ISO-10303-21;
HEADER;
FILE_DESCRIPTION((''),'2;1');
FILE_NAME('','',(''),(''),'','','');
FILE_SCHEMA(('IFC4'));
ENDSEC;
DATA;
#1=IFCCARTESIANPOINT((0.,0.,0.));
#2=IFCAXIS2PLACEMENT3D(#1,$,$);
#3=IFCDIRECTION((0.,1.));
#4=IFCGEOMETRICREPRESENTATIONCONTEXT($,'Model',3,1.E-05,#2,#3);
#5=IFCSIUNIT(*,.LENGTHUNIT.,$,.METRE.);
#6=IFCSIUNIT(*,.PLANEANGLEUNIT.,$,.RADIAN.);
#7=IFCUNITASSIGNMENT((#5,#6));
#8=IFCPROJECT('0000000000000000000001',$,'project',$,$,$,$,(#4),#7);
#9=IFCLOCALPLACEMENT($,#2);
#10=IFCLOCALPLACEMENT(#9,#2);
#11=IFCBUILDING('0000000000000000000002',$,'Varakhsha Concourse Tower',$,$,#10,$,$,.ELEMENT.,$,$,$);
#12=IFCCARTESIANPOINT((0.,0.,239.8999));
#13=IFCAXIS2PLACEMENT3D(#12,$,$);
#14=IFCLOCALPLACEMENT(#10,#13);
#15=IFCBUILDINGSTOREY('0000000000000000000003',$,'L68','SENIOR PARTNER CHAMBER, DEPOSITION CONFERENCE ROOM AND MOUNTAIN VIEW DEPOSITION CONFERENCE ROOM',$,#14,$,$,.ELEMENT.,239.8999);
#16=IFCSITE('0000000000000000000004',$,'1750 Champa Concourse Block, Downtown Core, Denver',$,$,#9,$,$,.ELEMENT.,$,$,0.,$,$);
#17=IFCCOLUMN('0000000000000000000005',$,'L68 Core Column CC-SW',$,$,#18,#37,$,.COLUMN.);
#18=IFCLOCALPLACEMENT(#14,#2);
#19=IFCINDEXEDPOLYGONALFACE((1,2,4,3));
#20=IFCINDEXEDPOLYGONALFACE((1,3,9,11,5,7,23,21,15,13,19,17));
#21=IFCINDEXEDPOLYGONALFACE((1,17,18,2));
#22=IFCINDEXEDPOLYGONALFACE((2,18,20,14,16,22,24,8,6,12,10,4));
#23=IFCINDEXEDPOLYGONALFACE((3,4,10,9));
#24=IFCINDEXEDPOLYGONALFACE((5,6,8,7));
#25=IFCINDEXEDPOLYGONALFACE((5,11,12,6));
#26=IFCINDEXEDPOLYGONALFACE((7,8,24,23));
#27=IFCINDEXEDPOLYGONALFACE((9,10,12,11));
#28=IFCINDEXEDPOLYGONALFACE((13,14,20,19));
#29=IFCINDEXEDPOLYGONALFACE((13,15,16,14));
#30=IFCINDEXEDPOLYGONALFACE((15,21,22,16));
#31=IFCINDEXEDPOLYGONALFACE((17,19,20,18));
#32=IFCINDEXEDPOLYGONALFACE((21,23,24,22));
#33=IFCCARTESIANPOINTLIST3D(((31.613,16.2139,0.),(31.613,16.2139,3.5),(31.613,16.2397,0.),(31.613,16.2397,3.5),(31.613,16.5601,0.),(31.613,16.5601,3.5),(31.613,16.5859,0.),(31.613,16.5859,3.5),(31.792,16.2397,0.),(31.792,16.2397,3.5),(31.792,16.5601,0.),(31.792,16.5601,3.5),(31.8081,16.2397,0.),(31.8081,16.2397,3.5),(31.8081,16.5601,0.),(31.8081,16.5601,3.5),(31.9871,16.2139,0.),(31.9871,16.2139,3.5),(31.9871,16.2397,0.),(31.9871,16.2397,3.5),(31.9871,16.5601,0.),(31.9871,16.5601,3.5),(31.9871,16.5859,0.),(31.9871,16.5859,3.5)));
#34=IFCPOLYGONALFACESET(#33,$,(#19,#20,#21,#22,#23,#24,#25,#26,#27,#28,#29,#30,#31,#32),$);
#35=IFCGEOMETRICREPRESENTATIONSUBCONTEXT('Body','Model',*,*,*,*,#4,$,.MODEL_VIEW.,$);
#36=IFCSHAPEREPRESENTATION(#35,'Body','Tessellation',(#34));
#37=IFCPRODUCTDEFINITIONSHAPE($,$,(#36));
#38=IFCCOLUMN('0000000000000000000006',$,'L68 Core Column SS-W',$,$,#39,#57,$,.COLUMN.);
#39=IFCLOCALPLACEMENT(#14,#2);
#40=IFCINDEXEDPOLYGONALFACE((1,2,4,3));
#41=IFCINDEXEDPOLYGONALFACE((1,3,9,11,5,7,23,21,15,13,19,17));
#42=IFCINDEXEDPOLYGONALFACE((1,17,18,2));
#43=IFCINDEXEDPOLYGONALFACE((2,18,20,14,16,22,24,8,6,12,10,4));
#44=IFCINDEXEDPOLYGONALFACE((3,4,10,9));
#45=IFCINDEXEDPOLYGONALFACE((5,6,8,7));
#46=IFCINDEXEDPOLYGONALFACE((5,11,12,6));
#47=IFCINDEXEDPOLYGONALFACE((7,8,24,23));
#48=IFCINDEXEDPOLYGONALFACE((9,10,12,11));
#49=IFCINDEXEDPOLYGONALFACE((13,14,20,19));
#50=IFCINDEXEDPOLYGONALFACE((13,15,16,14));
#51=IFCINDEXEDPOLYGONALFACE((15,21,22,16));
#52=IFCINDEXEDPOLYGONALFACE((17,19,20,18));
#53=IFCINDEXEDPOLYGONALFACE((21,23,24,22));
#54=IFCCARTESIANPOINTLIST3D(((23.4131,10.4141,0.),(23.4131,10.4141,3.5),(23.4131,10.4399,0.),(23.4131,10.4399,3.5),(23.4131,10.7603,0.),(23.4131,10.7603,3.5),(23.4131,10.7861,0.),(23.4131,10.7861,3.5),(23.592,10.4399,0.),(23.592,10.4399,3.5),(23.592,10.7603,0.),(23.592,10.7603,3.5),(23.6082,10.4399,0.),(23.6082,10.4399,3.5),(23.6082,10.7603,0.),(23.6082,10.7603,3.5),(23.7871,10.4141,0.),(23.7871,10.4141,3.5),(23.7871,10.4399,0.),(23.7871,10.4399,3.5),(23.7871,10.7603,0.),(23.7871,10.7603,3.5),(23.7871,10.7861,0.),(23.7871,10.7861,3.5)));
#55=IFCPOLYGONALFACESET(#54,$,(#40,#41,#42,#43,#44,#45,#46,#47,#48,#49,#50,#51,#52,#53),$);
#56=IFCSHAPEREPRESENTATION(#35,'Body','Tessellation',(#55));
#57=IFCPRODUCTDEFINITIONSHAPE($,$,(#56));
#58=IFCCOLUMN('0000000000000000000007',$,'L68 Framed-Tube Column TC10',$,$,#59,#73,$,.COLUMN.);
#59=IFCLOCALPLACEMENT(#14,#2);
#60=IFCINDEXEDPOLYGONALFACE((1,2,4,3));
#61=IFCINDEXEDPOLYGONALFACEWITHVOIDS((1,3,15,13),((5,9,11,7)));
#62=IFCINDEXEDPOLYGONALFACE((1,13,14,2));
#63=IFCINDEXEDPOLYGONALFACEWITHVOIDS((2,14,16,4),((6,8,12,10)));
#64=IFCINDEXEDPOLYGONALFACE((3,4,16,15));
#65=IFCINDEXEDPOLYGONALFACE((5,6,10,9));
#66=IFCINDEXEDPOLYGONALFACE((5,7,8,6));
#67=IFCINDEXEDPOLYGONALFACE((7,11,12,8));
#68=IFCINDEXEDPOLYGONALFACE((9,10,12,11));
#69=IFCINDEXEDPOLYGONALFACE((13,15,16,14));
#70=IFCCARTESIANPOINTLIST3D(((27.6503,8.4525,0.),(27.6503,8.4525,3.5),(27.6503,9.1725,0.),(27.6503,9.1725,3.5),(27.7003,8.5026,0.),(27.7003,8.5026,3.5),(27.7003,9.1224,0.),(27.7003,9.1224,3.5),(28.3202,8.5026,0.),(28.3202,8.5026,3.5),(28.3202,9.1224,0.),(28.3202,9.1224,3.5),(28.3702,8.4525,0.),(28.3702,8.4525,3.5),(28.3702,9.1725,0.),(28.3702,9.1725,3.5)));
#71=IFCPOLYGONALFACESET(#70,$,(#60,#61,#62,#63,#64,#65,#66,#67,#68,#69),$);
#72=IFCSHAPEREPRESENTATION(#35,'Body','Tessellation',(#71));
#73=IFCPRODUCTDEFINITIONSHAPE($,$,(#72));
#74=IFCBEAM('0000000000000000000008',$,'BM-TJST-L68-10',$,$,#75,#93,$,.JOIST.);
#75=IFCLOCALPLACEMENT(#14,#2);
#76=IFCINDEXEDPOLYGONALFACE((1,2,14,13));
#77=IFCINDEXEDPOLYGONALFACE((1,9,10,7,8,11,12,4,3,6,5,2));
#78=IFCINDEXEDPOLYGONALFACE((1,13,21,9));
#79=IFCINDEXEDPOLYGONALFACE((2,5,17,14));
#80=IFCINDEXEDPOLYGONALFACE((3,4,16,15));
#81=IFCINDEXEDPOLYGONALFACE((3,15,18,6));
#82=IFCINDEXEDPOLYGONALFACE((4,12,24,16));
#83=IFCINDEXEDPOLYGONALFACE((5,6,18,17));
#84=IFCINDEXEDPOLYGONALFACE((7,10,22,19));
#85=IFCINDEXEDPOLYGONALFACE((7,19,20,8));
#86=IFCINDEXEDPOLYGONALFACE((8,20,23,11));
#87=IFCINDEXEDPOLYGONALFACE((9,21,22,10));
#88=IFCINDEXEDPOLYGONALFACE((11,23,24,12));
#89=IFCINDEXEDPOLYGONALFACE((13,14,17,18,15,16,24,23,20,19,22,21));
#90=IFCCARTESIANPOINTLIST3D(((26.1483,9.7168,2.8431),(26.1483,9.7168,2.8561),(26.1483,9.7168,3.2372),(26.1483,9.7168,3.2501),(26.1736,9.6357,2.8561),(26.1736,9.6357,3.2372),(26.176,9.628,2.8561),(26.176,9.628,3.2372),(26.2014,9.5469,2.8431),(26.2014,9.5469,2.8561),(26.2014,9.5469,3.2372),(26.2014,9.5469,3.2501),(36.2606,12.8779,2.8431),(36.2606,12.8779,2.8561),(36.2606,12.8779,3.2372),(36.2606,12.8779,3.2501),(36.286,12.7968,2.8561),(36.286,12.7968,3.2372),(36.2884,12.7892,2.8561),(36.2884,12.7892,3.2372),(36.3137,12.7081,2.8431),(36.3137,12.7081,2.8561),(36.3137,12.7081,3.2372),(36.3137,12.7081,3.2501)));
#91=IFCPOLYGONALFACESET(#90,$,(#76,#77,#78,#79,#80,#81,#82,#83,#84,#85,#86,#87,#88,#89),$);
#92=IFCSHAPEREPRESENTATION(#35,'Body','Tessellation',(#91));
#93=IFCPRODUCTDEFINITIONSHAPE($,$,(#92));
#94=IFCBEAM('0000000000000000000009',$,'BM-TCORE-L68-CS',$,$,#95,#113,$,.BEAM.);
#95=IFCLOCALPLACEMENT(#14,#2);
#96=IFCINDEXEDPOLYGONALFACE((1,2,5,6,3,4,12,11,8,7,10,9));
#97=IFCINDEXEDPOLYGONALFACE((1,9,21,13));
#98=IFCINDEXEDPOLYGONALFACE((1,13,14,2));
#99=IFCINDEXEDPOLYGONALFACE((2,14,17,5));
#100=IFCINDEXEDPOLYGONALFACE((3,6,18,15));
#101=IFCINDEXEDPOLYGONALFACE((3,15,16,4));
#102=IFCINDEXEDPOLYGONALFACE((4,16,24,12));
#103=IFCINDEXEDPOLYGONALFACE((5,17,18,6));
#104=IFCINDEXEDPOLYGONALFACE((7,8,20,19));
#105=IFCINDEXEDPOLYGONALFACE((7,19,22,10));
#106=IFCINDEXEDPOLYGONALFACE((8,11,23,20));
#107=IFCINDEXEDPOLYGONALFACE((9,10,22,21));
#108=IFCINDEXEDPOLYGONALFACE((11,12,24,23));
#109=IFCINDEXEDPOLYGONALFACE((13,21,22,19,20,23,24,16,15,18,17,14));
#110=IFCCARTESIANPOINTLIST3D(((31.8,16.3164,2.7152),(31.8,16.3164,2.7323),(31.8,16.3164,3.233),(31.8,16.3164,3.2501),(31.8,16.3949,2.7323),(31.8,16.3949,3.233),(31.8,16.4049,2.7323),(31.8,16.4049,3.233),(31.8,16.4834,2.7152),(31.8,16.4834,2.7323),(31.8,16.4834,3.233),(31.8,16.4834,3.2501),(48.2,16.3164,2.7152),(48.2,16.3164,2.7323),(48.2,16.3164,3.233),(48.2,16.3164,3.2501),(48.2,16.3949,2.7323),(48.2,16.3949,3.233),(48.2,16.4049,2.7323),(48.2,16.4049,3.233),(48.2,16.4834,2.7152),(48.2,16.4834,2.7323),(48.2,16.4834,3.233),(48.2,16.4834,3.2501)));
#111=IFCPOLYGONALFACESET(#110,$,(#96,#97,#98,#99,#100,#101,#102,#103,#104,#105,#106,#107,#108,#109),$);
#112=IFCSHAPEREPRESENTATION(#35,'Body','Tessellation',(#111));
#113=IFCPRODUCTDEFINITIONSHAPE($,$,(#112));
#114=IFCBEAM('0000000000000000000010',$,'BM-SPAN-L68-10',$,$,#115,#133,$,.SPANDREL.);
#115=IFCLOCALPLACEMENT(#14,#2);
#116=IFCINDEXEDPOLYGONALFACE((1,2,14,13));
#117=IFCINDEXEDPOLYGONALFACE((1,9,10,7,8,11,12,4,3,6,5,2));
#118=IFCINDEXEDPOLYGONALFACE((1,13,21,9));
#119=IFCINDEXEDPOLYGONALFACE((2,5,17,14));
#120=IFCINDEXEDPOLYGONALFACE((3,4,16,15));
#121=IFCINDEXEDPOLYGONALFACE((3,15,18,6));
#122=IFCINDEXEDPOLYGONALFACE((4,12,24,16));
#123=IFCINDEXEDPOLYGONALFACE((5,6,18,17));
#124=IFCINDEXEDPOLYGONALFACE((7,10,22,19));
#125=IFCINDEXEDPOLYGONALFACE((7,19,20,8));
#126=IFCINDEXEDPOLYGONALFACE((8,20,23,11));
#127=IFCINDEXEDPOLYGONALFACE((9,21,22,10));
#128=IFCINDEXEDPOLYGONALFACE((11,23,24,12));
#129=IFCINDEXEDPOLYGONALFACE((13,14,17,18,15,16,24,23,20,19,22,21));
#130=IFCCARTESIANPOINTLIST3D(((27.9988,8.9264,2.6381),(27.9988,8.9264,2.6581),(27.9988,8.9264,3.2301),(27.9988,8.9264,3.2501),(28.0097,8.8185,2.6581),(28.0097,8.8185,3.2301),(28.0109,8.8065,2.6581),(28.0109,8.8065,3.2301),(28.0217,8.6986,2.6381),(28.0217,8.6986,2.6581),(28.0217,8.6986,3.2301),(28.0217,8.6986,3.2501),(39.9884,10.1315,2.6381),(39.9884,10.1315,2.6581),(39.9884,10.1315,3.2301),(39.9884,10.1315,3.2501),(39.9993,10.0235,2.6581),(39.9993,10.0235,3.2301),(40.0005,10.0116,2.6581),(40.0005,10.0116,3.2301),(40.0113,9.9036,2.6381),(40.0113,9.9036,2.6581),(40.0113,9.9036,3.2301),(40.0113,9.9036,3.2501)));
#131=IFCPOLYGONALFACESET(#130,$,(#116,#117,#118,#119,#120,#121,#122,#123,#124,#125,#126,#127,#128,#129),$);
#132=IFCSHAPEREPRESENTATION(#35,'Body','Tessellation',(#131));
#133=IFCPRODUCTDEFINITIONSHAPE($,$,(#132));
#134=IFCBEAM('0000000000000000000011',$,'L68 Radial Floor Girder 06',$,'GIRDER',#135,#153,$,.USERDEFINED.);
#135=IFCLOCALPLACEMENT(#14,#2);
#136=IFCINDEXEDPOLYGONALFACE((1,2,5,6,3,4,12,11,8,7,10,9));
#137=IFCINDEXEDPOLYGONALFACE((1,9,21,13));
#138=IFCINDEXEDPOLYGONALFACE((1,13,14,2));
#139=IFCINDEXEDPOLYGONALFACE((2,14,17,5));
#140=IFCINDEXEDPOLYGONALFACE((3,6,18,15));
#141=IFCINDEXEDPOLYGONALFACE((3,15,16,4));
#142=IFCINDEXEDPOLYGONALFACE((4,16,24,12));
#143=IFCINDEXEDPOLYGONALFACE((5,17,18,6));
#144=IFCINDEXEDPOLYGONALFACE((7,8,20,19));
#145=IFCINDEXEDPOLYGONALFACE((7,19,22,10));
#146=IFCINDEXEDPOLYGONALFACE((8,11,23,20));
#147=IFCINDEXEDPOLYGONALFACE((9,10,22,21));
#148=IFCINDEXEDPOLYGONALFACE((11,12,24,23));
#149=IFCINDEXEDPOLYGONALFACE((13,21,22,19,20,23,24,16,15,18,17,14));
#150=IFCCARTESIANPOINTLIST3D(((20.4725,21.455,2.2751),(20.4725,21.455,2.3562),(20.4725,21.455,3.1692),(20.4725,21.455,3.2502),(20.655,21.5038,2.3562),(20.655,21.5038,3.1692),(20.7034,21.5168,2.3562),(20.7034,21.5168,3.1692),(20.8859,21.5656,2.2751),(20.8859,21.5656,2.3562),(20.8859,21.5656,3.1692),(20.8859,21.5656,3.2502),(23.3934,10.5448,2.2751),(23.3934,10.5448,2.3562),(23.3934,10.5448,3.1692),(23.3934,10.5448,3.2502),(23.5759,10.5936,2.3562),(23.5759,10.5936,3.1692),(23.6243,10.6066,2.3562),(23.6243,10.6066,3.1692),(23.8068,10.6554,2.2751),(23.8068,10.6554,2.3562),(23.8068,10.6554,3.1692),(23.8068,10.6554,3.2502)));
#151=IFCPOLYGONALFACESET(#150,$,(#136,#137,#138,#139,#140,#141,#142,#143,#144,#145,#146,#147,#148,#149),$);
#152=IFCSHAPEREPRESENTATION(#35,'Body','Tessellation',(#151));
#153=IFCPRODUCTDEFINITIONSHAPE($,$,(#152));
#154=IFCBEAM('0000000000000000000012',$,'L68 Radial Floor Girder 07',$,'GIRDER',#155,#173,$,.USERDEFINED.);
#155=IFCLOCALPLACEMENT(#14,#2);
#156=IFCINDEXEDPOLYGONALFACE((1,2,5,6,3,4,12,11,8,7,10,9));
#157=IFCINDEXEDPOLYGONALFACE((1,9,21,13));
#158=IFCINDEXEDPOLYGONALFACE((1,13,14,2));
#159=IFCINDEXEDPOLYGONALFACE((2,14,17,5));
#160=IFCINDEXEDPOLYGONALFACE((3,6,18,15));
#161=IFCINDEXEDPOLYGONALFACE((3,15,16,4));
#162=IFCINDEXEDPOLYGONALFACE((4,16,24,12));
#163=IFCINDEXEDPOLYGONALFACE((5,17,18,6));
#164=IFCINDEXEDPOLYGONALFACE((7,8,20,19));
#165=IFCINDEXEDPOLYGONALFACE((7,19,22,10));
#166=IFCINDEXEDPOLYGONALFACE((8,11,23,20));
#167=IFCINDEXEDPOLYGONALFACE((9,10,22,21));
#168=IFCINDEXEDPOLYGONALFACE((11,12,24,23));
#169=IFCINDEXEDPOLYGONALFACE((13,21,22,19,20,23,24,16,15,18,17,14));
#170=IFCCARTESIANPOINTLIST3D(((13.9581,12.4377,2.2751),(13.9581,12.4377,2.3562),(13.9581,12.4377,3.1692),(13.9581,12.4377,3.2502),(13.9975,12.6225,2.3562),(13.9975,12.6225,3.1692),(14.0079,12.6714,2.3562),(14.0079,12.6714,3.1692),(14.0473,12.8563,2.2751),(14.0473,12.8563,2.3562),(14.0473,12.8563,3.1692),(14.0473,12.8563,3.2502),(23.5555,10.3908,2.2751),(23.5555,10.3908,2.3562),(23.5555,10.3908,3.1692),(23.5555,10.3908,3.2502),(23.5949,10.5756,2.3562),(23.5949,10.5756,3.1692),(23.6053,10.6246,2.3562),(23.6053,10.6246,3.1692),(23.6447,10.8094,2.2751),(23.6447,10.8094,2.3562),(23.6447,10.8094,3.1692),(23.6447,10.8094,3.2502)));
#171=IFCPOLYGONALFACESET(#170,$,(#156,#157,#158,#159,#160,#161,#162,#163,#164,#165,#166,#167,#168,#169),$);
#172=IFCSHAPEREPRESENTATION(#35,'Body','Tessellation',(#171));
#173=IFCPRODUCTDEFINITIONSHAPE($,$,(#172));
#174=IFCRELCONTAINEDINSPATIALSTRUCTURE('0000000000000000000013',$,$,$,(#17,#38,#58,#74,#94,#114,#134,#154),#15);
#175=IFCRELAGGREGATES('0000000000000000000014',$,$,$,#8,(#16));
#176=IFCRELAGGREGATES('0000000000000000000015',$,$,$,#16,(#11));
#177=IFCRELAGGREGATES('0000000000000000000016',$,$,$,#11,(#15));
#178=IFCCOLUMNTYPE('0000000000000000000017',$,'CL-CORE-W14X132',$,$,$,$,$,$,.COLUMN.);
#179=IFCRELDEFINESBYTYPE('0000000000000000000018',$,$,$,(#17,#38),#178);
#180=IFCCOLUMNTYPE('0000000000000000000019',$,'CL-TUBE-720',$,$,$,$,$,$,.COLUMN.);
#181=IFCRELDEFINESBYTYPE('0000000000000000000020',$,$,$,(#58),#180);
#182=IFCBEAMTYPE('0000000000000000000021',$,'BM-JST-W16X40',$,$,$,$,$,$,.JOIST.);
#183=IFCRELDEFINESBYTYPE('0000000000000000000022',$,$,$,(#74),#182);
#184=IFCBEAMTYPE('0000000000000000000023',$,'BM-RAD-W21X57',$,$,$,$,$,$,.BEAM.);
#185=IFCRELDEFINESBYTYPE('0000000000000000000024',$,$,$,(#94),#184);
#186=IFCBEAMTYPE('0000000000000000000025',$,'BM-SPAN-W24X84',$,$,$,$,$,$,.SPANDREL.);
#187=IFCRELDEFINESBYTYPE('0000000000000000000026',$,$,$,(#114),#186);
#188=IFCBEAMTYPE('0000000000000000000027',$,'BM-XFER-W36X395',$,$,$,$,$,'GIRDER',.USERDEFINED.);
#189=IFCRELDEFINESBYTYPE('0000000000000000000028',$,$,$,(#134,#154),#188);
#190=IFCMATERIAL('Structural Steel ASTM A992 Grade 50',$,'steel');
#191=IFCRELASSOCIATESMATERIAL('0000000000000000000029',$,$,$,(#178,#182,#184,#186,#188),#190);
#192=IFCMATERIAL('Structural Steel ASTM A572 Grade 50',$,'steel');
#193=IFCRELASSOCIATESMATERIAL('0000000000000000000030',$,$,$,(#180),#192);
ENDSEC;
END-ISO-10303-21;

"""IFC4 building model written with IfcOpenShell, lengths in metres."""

from ifc_helpers import new_model, si_unit, direction, frame, origin, origin_2d, place, context, subcontext, project, spatial, hollow_rectangle, i_section, extrude, material, material_profile, profile_set, type_object, element, save


model = new_model("IFC4")

# Units and contexts
model_context = context("Model", 3, precision=1e-05, world=origin(), true_north=direction((0.0, 1.0)))
body_context = subcontext(model_context, "Body", "Model", "MODEL_VIEW")
ifc_project = project(units=[si_unit("LENGTHUNIT", "METRE"), si_unit("PLANEANGLEUNIT", "RADIAN")], contexts=[model_context])

# Site, building, storey
site_placement = place(None, origin())
site = spatial("IfcSite", under=ifc_project, at=site_placement, Name="1750 Champa Concourse Block, Downtown Core, Denver", CompositionType="ELEMENT", RefElevation=0.0)
building_placement = place(site_placement, origin())
building = spatial("IfcBuilding", under=site, at=building_placement, Name="Varakhsha Concourse Tower", CompositionType="ELEMENT")
storey_placement = place(building_placement, frame((0.0, 0.0, 239.8999)))
storey = spatial("IfcBuildingStorey", under=building, at=storey_placement, Name="L68", Description="SENIOR PARTNER CHAMBER, DEPOSITION CONFERENCE ROOM AND MOUNTAIN VIEW DEPOSITION CONFERENCE ROOM", CompositionType="ELEMENT", Elevation=239.8999)

# Columns
ifc_material_1 = material(Name="Structural Steel ASTM A992 Grade 50", Category="steel")
ifc_material_profile_1 = material_profile(ifc_material_1, i_section(OverallWidth=0.374, OverallDepth=0.3721, WebThickness=0.0161, FlangeThickness=0.0259, at=origin_2d()), Name="W14X132")
ifc_profile_set_1 = profile_set([ifc_material_profile_1], Name="Structural Steel ASTM A992 Grade 50")
column_type_1 = type_object("IfcColumnType", Name="CL-CORE-W14X132", PredefinedType="COLUMN", material=ifc_profile_set_1)
for number, where, z_axis, x_axis, name in (
    (1, (31.8, 16.3999, 0.0), (0.0, 0.0, 1.0), (1.0, 0.0, 0.0), "L68 Core Column CC-SW"),
    (2, (23.6001, 10.6001, 0.0), (0.0, 0.0, 1.0), (1.0, 0.0, 0.0), "L68 Core Column SS-W"),
):
    element("IfcColumn", number, at=place(storey_placement, frame(where, z_axis=z_axis, x_axis=x_axis)), inside=storey, type_object=column_type_1, Name=name, PredefinedType="COLUMN", context=body_context, shape_type="SweptSolid", body=[
        extrude(i_section(OverallWidth=0.374, OverallDepth=0.3721, WebThickness=0.0161, FlangeThickness=0.0259, at=origin_2d()), origin(), (0.0, 0.0, 1.0), 3.5),
    ])
ifc_material_2 = material(Name="Structural Steel ASTM A572 Grade 50", Category="steel")
ifc_material_profile_2 = material_profile(ifc_material_2, hollow_rectangle(XDim=0.72, YDim=0.72, WallThickness=0.05, at=origin_2d()), Name="BOX 720x720x50")
ifc_profile_set_2 = profile_set([ifc_material_profile_2], Name="Structural Steel ASTM A572 Grade 50")
column_type_2 = type_object("IfcColumnType", Name="CL-TUBE-720", PredefinedType="COLUMN", material=ifc_profile_set_2)
column_placement = place(storey_placement, frame((28.0103, 8.8125, 0.0), z_axis=(0.0, 0.0, 1.0), x_axis=(1.0, 0.0, 0.0)))
element("IfcColumn", 3, at=column_placement, inside=storey, type_object=column_type_2, Name="L68 Framed-Tube Column TC10", PredefinedType="COLUMN", context=body_context, shape_type="SweptSolid", body=[
    extrude(hollow_rectangle(XDim=0.72, YDim=0.72, WallThickness=0.05, at=origin_2d()), origin(), (0.0, 0.0, 1.0), 3.5),
])

# Beams
ifc_material_profile_3 = material_profile(ifc_material_1, i_section(OverallWidth=0.178, OverallDepth=0.407, WebThickness=0.0081, FlangeThickness=0.0129, at=origin_2d()), Name="W16X40")
ifc_profile_set_3 = profile_set([ifc_material_profile_3], Name="Structural Steel ASTM A992 Grade 50")
beam_type_1 = type_object("IfcBeamType", Name="BM-JST-W16X40", PredefinedType="JOIST", material=ifc_profile_set_3)
beam_1_placement = place(storey_placement, frame((26.1748, 9.6318, 3.0466), z_axis=(0.954452, 0.298364, 0.0), x_axis=(-0.298364, 0.954452, 0.0)))
element("IfcBeam", 4, at=beam_1_placement, inside=storey, type_object=beam_type_1, Name="BM-TJST-L68-10", PredefinedType="JOIST", context=body_context, shape_type="SweptSolid", body=[
    extrude(i_section(OverallWidth=0.178, OverallDepth=0.407, WebThickness=0.0081, FlangeThickness=0.0129, at=origin_2d()), origin(), (0.0, 0.0, 1.0), 10.595),
])
ifc_material_profile_4 = material_profile(ifc_material_1, i_section(OverallWidth=0.167, OverallDepth=0.5349, WebThickness=0.01, FlangeThickness=0.0171, at=origin_2d()), Name="W21X57")
ifc_profile_set_4 = profile_set([ifc_material_profile_4], Name="Structural Steel ASTM A992 Grade 50")
beam_type_2 = type_object("IfcBeamType", Name="BM-RAD-W21X57", PredefinedType="BEAM", material=ifc_profile_set_4)
beam_2_placement = place(storey_placement, frame((31.8, 16.3999, 2.9827), z_axis=(1.0, 0.0, 0.0), x_axis=(0.0, 1.0, 0.0)))
element("IfcBeam", 5, at=beam_2_placement, inside=storey, type_object=beam_type_2, Name="BM-TCORE-L68-CS", PredefinedType="BEAM", context=body_context, shape_type="SweptSolid", body=[
    extrude(i_section(OverallWidth=0.167, OverallDepth=0.5349, WebThickness=0.01, FlangeThickness=0.0171, at=origin_2d()), origin(), (0.0, 0.0, 1.0), 16.3999),
])
ifc_material_profile_5 = material_profile(ifc_material_1, i_section(OverallWidth=0.229, OverallDepth=0.6121, WebThickness=0.012, FlangeThickness=0.02, at=origin_2d()), Name="W24X84")
ifc_profile_set_5 = profile_set([ifc_material_profile_5], Name="Structural Steel ASTM A992 Grade 50")
beam_type_3 = type_object("IfcBeamType", Name="BM-SPAN-W24X84", PredefinedType="SPANDREL", material=ifc_profile_set_5)
beam_3_placement = place(storey_placement, frame((28.0103, 8.8125, 2.9441), z_axis=(0.994987, 0.100005, 0.0), x_axis=(-0.100005, 0.994987, 0.0)))
element("IfcBeam", 6, at=beam_3_placement, inside=storey, type_object=beam_type_3, Name="BM-SPAN-L68-10", PredefinedType="SPANDREL", context=body_context, shape_type="SweptSolid", body=[
    extrude(i_section(OverallWidth=0.229, OverallDepth=0.6121, WebThickness=0.012, FlangeThickness=0.02, at=origin_2d()), origin(), (0.0, 0.0, 1.0), 12.05),
])
ifc_material_profile_6 = material_profile(ifc_material_1, i_section(OverallWidth=0.428, OverallDepth=0.9751, WebThickness=0.05, FlangeThickness=0.0811, at=origin_2d()), Name="W36X395")
ifc_profile_set_6 = profile_set([ifc_material_profile_6], Name="Structural Steel ASTM A992 Grade 50")
beam_type_4 = type_object("IfcBeamType", Name="BM-XFER-W36X395", ElementType="GIRDER", PredefinedType="USERDEFINED", material=ifc_profile_set_6)
beam_4_placement = place(storey_placement, frame((23.6001, 10.6001, 2.7627), z_axis=(-0.258615, 0.96598, 0.0), x_axis=(-0.96598, -0.258615, 0.0)))
element("IfcBeam", 7, at=beam_4_placement, inside=storey, type_object=beam_type_4, Name="L68 Radial Floor Girder 06", ObjectType="GIRDER", PredefinedType="USERDEFINED", context=body_context, shape_type="SweptSolid", body=[
    extrude(i_section(OverallWidth=0.428, OverallDepth=0.9751, WebThickness=0.05, FlangeThickness=0.0811, at=origin_2d()), origin(), (0.0, 0.0, 1.0), 11.2944),
])
beam_5_placement = place(storey_placement, frame((23.6001, 10.6001, 2.7627), z_axis=(-0.978005, 0.208583, 0.0), x_axis=(-0.208583, -0.978005, 0.0)))
element("IfcBeam", 8, at=beam_5_placement, inside=storey, type_object=beam_type_4, Name="L68 Radial Floor Girder 07", ObjectType="GIRDER", PredefinedType="USERDEFINED", context=body_context, shape_type="SweptSolid", body=[
    extrude(i_section(OverallWidth=0.428, OverallDepth=0.9751, WebThickness=0.05, FlangeThickness=0.0811, at=origin_2d()), origin(), (0.0, 0.0, 1.0), 9.8132),
])

save(model, "model.ifc")
